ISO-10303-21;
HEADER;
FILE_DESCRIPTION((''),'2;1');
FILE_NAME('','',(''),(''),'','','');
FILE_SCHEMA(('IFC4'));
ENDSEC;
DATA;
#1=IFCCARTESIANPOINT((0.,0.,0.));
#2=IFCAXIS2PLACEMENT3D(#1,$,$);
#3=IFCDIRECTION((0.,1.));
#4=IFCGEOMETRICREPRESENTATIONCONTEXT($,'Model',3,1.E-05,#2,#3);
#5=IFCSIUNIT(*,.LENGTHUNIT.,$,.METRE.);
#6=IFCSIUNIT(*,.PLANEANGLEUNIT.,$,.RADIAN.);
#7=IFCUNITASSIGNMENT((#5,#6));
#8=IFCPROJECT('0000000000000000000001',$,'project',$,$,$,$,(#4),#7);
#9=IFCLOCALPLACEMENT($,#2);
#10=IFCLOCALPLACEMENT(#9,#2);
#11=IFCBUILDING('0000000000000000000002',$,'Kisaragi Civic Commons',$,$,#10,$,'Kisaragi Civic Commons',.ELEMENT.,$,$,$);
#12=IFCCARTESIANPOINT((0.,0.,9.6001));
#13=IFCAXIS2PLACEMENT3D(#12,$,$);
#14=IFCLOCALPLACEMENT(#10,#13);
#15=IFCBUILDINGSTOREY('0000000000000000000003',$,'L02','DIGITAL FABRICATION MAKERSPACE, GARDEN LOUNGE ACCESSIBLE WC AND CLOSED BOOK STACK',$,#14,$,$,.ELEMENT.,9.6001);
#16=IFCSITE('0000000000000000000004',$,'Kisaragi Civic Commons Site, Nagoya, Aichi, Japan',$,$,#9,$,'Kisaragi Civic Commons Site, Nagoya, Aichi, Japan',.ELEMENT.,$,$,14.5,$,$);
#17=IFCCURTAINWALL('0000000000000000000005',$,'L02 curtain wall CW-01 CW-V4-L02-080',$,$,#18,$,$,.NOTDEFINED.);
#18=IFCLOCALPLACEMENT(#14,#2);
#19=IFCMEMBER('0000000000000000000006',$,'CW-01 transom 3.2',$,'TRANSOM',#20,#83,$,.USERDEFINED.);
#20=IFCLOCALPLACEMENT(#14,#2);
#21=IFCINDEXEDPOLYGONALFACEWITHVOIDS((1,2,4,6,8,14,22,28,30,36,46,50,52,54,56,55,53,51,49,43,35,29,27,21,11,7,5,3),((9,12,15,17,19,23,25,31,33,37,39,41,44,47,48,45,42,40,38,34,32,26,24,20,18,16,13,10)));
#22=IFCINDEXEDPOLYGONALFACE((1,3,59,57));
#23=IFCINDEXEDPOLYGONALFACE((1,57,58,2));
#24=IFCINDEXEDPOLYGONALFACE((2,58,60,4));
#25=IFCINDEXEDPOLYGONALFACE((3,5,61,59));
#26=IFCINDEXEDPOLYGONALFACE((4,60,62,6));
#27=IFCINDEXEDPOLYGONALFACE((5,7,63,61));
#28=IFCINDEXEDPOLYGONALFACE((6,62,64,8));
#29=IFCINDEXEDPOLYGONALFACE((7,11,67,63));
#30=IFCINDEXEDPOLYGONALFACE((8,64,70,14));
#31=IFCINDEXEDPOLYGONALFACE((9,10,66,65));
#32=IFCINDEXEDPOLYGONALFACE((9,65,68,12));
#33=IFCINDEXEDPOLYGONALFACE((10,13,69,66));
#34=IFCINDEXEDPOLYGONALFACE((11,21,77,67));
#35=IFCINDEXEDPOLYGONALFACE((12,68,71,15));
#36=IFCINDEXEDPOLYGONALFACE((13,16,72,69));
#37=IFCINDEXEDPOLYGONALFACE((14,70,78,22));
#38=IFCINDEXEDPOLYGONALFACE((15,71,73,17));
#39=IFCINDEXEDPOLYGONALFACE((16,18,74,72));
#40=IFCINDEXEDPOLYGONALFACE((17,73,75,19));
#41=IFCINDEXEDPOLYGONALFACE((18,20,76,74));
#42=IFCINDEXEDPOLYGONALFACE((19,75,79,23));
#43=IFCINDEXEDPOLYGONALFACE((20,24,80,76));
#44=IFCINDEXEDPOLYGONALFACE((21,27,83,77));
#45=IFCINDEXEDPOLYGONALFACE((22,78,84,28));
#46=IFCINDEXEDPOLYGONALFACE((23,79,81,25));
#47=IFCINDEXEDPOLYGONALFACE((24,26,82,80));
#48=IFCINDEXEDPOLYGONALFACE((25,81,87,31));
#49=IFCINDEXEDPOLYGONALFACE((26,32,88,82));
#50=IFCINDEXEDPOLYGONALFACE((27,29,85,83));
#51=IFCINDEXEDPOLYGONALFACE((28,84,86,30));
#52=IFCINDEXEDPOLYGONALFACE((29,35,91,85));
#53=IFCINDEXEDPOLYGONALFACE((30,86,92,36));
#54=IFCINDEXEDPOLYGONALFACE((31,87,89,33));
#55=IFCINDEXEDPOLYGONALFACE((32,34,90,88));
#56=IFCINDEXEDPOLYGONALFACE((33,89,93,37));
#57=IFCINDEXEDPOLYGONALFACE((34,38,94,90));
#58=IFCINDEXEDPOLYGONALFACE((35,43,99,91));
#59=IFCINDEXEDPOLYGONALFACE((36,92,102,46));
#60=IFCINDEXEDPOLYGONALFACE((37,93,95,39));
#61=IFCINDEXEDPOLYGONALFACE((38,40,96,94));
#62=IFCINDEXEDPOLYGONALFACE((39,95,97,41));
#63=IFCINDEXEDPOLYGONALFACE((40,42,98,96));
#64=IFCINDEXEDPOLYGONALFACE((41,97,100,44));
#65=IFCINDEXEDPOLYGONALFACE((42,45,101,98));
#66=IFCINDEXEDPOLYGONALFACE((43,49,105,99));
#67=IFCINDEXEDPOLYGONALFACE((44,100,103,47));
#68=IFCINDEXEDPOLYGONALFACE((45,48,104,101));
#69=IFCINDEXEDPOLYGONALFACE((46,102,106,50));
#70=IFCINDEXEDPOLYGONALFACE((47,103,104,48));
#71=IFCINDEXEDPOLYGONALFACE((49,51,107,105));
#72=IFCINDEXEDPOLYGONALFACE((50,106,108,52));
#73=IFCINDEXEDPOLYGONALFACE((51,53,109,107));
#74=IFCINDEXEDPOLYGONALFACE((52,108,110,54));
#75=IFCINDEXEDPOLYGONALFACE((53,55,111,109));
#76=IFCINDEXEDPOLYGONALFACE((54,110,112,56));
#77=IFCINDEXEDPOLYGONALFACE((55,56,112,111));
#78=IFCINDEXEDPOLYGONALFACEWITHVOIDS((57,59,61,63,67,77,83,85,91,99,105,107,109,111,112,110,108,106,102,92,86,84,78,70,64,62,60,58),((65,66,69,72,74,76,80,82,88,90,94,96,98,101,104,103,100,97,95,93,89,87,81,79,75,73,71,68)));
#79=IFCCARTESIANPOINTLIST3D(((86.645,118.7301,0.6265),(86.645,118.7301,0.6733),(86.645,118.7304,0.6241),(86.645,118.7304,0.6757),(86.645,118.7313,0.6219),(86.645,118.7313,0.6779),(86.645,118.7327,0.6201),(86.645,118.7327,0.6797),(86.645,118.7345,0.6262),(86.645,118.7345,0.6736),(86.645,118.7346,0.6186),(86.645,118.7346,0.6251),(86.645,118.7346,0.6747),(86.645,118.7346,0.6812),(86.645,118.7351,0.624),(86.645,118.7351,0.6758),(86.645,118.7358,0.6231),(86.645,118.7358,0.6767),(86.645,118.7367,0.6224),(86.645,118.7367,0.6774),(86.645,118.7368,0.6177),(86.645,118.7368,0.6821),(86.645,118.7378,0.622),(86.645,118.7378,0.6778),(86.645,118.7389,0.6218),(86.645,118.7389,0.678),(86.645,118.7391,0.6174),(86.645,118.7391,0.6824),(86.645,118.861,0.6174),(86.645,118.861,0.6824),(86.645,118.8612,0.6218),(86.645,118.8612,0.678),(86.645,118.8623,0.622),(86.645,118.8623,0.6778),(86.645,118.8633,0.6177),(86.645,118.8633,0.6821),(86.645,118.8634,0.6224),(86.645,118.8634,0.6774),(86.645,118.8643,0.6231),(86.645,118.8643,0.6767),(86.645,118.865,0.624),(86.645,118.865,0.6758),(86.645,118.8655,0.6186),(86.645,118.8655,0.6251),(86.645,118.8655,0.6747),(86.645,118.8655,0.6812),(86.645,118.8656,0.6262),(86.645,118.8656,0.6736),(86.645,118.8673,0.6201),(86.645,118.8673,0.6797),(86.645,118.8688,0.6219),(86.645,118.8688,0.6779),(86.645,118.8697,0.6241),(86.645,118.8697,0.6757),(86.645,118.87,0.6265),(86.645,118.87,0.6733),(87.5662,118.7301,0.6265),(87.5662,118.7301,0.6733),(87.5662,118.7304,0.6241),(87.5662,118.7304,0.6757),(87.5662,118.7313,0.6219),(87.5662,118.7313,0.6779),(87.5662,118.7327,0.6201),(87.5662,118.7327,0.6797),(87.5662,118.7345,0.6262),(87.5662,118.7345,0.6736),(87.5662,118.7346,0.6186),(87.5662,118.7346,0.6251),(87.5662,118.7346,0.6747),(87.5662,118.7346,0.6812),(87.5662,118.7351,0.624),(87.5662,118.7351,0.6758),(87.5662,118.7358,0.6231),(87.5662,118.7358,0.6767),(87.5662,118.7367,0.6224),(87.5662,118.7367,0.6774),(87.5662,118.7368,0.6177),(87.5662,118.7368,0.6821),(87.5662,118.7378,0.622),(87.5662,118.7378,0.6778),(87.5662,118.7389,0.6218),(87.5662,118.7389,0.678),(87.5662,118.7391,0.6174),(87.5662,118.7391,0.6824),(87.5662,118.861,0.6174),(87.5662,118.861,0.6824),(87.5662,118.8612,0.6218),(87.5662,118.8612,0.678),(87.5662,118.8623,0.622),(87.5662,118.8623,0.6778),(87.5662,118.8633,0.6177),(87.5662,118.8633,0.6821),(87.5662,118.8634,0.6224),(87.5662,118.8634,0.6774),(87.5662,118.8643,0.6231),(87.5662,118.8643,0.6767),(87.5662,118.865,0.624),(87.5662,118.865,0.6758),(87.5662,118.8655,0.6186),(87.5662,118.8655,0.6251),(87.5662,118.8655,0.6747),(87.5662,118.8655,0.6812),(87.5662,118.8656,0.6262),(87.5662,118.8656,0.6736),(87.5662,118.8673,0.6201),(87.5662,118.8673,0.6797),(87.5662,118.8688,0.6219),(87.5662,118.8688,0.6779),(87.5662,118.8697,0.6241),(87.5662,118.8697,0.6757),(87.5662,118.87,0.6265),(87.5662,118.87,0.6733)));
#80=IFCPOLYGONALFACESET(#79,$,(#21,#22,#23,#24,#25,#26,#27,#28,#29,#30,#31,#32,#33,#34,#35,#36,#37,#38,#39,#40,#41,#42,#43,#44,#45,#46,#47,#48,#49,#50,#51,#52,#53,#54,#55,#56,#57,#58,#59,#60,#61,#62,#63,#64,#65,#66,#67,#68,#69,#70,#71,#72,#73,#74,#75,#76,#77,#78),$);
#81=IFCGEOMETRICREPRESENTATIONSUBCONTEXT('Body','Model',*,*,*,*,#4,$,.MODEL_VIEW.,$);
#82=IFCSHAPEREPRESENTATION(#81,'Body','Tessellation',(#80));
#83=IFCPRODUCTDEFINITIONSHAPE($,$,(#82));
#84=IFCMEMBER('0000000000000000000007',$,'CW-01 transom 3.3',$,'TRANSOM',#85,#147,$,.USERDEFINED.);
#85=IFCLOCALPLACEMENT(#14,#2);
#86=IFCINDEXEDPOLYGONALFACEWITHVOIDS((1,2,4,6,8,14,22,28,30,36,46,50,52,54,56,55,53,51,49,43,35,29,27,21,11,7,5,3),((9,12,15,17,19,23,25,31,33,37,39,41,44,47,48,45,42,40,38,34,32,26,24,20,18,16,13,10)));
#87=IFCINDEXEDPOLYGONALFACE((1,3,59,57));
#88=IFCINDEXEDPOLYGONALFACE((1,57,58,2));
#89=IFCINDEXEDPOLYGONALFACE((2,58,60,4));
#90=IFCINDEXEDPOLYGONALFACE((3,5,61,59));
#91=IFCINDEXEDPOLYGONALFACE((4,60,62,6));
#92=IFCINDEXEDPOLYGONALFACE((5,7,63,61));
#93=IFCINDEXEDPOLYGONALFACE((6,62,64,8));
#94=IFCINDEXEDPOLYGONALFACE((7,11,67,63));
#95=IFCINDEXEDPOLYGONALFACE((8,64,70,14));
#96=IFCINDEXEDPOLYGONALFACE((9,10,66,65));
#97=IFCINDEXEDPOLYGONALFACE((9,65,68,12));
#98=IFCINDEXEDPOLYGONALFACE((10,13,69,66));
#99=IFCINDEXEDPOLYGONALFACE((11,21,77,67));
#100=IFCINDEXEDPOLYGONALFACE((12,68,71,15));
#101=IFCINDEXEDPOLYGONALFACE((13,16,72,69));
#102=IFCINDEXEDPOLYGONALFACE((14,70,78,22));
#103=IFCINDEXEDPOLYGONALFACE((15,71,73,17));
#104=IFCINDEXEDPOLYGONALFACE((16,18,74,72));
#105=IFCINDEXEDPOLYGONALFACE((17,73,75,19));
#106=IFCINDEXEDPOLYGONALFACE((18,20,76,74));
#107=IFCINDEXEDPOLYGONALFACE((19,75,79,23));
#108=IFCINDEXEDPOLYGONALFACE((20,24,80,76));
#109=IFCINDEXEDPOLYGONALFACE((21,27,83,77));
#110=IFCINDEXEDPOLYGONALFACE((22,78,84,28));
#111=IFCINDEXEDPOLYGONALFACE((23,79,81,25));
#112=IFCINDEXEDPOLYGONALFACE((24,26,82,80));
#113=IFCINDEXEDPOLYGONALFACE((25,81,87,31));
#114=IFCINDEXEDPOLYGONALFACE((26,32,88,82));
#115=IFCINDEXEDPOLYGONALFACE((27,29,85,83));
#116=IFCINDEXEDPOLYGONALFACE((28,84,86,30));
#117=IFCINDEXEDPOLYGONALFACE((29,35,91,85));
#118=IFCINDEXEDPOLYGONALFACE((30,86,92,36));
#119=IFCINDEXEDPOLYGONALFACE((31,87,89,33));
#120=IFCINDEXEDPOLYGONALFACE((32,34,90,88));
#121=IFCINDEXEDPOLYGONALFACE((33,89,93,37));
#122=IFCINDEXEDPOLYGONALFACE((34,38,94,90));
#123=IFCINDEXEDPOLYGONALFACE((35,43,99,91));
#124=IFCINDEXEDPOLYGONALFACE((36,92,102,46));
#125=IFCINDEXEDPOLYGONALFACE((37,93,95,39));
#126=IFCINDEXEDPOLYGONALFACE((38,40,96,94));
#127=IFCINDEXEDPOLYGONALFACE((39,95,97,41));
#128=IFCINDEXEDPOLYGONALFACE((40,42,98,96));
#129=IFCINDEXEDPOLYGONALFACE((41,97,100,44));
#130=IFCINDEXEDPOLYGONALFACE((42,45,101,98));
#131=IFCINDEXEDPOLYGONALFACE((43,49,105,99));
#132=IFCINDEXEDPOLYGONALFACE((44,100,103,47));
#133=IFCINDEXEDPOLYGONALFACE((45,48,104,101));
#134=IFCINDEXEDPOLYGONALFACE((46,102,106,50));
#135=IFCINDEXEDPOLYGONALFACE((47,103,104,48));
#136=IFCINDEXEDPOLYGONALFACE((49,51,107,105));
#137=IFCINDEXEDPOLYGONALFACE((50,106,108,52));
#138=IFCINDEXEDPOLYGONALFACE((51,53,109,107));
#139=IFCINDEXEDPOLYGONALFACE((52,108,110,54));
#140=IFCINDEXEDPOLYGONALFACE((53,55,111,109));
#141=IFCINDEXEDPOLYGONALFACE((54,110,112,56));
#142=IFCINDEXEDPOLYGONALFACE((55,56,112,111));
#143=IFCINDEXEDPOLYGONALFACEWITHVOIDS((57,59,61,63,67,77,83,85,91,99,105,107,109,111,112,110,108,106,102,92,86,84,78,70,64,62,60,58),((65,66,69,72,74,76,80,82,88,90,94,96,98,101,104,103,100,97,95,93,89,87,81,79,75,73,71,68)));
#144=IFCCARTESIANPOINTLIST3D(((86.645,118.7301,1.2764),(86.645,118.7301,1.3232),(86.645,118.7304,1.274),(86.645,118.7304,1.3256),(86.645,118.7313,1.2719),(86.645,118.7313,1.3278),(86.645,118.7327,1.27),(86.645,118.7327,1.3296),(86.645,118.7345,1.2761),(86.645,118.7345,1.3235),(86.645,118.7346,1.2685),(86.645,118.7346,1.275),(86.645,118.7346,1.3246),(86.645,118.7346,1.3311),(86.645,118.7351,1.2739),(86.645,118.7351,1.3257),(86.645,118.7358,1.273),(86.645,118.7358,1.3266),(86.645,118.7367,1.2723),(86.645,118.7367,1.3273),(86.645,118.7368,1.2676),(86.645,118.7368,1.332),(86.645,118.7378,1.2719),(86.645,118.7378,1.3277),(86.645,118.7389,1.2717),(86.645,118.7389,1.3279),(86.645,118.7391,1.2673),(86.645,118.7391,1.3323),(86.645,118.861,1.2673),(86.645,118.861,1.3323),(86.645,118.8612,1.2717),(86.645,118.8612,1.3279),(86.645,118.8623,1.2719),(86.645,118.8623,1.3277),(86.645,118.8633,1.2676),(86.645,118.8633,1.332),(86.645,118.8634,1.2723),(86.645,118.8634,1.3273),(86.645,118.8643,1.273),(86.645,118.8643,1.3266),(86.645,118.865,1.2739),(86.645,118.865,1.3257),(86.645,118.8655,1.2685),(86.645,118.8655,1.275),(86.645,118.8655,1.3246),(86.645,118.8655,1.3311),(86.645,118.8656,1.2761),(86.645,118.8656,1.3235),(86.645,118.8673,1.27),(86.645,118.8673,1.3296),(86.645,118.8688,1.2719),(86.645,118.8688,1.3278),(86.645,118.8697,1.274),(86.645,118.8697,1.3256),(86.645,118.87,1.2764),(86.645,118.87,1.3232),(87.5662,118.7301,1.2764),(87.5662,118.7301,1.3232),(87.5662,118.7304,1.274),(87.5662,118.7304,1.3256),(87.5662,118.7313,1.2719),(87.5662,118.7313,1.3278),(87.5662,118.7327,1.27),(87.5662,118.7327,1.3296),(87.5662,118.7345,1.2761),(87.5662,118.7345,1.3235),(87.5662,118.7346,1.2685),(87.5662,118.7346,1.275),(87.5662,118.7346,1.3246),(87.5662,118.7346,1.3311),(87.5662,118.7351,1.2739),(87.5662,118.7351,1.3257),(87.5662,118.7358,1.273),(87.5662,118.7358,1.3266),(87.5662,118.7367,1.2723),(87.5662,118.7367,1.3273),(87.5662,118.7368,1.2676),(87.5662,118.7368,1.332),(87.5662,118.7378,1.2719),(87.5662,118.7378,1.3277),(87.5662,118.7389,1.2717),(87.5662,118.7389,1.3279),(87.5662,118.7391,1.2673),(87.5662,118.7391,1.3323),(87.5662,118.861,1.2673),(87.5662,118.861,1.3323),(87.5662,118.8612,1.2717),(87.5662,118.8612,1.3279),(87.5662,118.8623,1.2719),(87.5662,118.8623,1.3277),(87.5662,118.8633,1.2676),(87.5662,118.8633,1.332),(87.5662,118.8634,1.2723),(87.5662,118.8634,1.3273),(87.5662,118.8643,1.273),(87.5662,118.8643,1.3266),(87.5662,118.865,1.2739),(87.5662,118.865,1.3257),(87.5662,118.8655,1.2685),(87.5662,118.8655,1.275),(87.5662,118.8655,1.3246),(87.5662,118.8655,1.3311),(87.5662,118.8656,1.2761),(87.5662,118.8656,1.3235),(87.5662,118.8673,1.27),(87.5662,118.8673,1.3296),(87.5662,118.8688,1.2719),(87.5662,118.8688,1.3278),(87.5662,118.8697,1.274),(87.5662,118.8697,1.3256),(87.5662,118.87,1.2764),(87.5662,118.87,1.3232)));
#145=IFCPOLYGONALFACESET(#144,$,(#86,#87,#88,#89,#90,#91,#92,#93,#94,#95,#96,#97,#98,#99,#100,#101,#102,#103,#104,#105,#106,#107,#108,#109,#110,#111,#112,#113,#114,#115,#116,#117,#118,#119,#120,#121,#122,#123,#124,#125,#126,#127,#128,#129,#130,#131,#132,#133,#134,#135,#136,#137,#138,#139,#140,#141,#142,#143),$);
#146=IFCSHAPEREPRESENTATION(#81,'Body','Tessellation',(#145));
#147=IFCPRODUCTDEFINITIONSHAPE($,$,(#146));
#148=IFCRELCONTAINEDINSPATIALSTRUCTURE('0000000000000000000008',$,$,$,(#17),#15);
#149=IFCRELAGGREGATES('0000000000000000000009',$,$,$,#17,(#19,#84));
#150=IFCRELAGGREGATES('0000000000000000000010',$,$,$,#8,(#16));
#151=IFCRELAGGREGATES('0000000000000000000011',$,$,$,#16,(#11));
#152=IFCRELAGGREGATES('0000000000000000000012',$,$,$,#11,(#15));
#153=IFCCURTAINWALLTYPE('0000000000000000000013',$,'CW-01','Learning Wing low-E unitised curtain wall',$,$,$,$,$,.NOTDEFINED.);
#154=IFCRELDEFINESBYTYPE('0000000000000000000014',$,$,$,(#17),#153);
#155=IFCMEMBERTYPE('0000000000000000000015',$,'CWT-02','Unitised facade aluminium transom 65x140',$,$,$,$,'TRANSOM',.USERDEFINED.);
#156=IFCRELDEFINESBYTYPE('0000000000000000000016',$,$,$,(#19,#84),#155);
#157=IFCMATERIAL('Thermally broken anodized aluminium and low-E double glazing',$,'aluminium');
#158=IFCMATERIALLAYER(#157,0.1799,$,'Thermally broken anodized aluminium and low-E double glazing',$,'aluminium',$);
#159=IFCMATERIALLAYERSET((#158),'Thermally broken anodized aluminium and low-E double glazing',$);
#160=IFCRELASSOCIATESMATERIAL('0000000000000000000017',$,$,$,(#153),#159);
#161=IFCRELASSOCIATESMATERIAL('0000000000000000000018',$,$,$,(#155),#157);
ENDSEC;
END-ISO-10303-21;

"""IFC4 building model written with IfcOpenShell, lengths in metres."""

from ifc_helpers import new_model, si_unit, direction, frame, origin, origin_2d, place, context, subcontext, project, spatial, hollow_rectangle, extrude, material, layer, layer_set, material_profile, profile_set, type_object, element, aggregate, save


model = new_model("IFC4")

# Units and contexts
model_context = context("Model", 3, precision=1e-05, world=origin(), true_north=direction((0.0, 1.0)))
body_context = subcontext(model_context, "Body", "Model", "MODEL_VIEW")
ifc_project = project(units=[si_unit("LENGTHUNIT", "METRE"), si_unit("PLANEANGLEUNIT", "RADIAN")], contexts=[model_context])

# Site, building, storey
site_placement = place(None, origin())
site = spatial("IfcSite", under=ifc_project, at=site_placement, Name="Kisaragi Civic Commons Site, Nagoya, Aichi, Japan", LongName="Kisaragi Civic Commons Site, Nagoya, Aichi, Japan", CompositionType="ELEMENT", RefElevation=14.5)
building_placement = place(site_placement, origin())
building = spatial("IfcBuilding", under=site, at=building_placement, Name="Kisaragi Civic Commons", LongName="Kisaragi Civic Commons", CompositionType="ELEMENT")
storey_placement = place(building_placement, frame((0.0, 0.0, 9.6001)))
storey = spatial("IfcBuildingStorey", under=building, at=storey_placement, Name="L02", Description="DIGITAL FABRICATION MAKERSPACE, GARDEN LOUNGE ACCESSIBLE WC AND CLOSED BOOK STACK", CompositionType="ELEMENT", Elevation=9.6001)

# Shared definitions
ifc_material_1 = material(Name="Thermally broken anodized aluminium and low-E double glazing", Category="aluminium")
ifc_layer_1 = layer(ifc_material_1, 0.1799, Name="Thermally broken anodized aluminium and low-E double glazing", Category="aluminium")
ifc_layer_set_1 = layer_set([ifc_layer_1], Name="Thermally broken anodized aluminium and low-E double glazing")
curtain_wall_type = type_object("IfcCurtainWallType", Name="CW-01", Description="Learning Wing low-E unitised curtain wall", PredefinedType="NOTDEFINED", material=ifc_layer_set_1)

# Curtain wall
curtain_wall_1_placement = place(storey_placement, origin())
curtain_wall_1 = element("IfcCurtainWall", 1, at=curtain_wall_1_placement, inside=storey, type_object=curtain_wall_type, Name="L02 curtain wall CW-01 CW-V4-L02-080", PredefinedType="NOTDEFINED")

# Members
ifc_material_profile_1 = material_profile(ifc_material_1, hollow_rectangle(XDim=0.1399, YDim=0.0649, WallThickness=0.0044, InnerFilletRadius=0.0044, OuterFilletRadius=0.009, at=origin_2d()), Name="CWT-65x140x4.5", Category="aluminium")
ifc_profile_set_1 = profile_set([ifc_material_profile_1], Name="Thermally broken anodized aluminium and low-E double glazing")
member_type_1 = type_object("IfcMemberType", Name="CWT-02", Description="Unitised facade aluminium transom 65x140", ElementType="TRANSOM", PredefinedType="USERDEFINED", material=ifc_profile_set_1)
member_1_placement = place(storey_placement, frame((86.645, 118.8, 0.6499), z_axis=(1.0, 0.0, 0.0), x_axis=(0.0, 1.0, 0.0)))
member_1 = element("IfcMember", 2, at=member_1_placement, type_object=member_type_1, Name="CW-01 transom 3.2", ObjectType="TRANSOM", PredefinedType="USERDEFINED", context=body_context, shape_type="SweptSolid", body=[
    extrude(hollow_rectangle(XDim=0.1399, YDim=0.0649, WallThickness=0.0044, InnerFilletRadius=0.0044, OuterFilletRadius=0.009, at=origin_2d()), origin(), (0.0, 0.0, 1.0), 0.9211),
])
member_2_placement = place(storey_placement, frame((86.645, 118.8, 1.2998), z_axis=(1.0, 0.0, 0.0), x_axis=(0.0, 1.0, 0.0)))
member_2 = element("IfcMember", 3, at=member_2_placement, type_object=member_type_1, Name="CW-01 transom 3.3", ObjectType="TRANSOM", PredefinedType="USERDEFINED", context=body_context, shape_type="SweptSolid", body=[
    extrude(hollow_rectangle(XDim=0.1399, YDim=0.0649, WallThickness=0.0044, InnerFilletRadius=0.0044, OuterFilletRadius=0.009, at=origin_2d()), origin(), (0.0, 0.0, 1.0), 0.9211),
])

aggregate(curtain_wall_1, [member_1, member_2])

save(model, "model.ifc")
